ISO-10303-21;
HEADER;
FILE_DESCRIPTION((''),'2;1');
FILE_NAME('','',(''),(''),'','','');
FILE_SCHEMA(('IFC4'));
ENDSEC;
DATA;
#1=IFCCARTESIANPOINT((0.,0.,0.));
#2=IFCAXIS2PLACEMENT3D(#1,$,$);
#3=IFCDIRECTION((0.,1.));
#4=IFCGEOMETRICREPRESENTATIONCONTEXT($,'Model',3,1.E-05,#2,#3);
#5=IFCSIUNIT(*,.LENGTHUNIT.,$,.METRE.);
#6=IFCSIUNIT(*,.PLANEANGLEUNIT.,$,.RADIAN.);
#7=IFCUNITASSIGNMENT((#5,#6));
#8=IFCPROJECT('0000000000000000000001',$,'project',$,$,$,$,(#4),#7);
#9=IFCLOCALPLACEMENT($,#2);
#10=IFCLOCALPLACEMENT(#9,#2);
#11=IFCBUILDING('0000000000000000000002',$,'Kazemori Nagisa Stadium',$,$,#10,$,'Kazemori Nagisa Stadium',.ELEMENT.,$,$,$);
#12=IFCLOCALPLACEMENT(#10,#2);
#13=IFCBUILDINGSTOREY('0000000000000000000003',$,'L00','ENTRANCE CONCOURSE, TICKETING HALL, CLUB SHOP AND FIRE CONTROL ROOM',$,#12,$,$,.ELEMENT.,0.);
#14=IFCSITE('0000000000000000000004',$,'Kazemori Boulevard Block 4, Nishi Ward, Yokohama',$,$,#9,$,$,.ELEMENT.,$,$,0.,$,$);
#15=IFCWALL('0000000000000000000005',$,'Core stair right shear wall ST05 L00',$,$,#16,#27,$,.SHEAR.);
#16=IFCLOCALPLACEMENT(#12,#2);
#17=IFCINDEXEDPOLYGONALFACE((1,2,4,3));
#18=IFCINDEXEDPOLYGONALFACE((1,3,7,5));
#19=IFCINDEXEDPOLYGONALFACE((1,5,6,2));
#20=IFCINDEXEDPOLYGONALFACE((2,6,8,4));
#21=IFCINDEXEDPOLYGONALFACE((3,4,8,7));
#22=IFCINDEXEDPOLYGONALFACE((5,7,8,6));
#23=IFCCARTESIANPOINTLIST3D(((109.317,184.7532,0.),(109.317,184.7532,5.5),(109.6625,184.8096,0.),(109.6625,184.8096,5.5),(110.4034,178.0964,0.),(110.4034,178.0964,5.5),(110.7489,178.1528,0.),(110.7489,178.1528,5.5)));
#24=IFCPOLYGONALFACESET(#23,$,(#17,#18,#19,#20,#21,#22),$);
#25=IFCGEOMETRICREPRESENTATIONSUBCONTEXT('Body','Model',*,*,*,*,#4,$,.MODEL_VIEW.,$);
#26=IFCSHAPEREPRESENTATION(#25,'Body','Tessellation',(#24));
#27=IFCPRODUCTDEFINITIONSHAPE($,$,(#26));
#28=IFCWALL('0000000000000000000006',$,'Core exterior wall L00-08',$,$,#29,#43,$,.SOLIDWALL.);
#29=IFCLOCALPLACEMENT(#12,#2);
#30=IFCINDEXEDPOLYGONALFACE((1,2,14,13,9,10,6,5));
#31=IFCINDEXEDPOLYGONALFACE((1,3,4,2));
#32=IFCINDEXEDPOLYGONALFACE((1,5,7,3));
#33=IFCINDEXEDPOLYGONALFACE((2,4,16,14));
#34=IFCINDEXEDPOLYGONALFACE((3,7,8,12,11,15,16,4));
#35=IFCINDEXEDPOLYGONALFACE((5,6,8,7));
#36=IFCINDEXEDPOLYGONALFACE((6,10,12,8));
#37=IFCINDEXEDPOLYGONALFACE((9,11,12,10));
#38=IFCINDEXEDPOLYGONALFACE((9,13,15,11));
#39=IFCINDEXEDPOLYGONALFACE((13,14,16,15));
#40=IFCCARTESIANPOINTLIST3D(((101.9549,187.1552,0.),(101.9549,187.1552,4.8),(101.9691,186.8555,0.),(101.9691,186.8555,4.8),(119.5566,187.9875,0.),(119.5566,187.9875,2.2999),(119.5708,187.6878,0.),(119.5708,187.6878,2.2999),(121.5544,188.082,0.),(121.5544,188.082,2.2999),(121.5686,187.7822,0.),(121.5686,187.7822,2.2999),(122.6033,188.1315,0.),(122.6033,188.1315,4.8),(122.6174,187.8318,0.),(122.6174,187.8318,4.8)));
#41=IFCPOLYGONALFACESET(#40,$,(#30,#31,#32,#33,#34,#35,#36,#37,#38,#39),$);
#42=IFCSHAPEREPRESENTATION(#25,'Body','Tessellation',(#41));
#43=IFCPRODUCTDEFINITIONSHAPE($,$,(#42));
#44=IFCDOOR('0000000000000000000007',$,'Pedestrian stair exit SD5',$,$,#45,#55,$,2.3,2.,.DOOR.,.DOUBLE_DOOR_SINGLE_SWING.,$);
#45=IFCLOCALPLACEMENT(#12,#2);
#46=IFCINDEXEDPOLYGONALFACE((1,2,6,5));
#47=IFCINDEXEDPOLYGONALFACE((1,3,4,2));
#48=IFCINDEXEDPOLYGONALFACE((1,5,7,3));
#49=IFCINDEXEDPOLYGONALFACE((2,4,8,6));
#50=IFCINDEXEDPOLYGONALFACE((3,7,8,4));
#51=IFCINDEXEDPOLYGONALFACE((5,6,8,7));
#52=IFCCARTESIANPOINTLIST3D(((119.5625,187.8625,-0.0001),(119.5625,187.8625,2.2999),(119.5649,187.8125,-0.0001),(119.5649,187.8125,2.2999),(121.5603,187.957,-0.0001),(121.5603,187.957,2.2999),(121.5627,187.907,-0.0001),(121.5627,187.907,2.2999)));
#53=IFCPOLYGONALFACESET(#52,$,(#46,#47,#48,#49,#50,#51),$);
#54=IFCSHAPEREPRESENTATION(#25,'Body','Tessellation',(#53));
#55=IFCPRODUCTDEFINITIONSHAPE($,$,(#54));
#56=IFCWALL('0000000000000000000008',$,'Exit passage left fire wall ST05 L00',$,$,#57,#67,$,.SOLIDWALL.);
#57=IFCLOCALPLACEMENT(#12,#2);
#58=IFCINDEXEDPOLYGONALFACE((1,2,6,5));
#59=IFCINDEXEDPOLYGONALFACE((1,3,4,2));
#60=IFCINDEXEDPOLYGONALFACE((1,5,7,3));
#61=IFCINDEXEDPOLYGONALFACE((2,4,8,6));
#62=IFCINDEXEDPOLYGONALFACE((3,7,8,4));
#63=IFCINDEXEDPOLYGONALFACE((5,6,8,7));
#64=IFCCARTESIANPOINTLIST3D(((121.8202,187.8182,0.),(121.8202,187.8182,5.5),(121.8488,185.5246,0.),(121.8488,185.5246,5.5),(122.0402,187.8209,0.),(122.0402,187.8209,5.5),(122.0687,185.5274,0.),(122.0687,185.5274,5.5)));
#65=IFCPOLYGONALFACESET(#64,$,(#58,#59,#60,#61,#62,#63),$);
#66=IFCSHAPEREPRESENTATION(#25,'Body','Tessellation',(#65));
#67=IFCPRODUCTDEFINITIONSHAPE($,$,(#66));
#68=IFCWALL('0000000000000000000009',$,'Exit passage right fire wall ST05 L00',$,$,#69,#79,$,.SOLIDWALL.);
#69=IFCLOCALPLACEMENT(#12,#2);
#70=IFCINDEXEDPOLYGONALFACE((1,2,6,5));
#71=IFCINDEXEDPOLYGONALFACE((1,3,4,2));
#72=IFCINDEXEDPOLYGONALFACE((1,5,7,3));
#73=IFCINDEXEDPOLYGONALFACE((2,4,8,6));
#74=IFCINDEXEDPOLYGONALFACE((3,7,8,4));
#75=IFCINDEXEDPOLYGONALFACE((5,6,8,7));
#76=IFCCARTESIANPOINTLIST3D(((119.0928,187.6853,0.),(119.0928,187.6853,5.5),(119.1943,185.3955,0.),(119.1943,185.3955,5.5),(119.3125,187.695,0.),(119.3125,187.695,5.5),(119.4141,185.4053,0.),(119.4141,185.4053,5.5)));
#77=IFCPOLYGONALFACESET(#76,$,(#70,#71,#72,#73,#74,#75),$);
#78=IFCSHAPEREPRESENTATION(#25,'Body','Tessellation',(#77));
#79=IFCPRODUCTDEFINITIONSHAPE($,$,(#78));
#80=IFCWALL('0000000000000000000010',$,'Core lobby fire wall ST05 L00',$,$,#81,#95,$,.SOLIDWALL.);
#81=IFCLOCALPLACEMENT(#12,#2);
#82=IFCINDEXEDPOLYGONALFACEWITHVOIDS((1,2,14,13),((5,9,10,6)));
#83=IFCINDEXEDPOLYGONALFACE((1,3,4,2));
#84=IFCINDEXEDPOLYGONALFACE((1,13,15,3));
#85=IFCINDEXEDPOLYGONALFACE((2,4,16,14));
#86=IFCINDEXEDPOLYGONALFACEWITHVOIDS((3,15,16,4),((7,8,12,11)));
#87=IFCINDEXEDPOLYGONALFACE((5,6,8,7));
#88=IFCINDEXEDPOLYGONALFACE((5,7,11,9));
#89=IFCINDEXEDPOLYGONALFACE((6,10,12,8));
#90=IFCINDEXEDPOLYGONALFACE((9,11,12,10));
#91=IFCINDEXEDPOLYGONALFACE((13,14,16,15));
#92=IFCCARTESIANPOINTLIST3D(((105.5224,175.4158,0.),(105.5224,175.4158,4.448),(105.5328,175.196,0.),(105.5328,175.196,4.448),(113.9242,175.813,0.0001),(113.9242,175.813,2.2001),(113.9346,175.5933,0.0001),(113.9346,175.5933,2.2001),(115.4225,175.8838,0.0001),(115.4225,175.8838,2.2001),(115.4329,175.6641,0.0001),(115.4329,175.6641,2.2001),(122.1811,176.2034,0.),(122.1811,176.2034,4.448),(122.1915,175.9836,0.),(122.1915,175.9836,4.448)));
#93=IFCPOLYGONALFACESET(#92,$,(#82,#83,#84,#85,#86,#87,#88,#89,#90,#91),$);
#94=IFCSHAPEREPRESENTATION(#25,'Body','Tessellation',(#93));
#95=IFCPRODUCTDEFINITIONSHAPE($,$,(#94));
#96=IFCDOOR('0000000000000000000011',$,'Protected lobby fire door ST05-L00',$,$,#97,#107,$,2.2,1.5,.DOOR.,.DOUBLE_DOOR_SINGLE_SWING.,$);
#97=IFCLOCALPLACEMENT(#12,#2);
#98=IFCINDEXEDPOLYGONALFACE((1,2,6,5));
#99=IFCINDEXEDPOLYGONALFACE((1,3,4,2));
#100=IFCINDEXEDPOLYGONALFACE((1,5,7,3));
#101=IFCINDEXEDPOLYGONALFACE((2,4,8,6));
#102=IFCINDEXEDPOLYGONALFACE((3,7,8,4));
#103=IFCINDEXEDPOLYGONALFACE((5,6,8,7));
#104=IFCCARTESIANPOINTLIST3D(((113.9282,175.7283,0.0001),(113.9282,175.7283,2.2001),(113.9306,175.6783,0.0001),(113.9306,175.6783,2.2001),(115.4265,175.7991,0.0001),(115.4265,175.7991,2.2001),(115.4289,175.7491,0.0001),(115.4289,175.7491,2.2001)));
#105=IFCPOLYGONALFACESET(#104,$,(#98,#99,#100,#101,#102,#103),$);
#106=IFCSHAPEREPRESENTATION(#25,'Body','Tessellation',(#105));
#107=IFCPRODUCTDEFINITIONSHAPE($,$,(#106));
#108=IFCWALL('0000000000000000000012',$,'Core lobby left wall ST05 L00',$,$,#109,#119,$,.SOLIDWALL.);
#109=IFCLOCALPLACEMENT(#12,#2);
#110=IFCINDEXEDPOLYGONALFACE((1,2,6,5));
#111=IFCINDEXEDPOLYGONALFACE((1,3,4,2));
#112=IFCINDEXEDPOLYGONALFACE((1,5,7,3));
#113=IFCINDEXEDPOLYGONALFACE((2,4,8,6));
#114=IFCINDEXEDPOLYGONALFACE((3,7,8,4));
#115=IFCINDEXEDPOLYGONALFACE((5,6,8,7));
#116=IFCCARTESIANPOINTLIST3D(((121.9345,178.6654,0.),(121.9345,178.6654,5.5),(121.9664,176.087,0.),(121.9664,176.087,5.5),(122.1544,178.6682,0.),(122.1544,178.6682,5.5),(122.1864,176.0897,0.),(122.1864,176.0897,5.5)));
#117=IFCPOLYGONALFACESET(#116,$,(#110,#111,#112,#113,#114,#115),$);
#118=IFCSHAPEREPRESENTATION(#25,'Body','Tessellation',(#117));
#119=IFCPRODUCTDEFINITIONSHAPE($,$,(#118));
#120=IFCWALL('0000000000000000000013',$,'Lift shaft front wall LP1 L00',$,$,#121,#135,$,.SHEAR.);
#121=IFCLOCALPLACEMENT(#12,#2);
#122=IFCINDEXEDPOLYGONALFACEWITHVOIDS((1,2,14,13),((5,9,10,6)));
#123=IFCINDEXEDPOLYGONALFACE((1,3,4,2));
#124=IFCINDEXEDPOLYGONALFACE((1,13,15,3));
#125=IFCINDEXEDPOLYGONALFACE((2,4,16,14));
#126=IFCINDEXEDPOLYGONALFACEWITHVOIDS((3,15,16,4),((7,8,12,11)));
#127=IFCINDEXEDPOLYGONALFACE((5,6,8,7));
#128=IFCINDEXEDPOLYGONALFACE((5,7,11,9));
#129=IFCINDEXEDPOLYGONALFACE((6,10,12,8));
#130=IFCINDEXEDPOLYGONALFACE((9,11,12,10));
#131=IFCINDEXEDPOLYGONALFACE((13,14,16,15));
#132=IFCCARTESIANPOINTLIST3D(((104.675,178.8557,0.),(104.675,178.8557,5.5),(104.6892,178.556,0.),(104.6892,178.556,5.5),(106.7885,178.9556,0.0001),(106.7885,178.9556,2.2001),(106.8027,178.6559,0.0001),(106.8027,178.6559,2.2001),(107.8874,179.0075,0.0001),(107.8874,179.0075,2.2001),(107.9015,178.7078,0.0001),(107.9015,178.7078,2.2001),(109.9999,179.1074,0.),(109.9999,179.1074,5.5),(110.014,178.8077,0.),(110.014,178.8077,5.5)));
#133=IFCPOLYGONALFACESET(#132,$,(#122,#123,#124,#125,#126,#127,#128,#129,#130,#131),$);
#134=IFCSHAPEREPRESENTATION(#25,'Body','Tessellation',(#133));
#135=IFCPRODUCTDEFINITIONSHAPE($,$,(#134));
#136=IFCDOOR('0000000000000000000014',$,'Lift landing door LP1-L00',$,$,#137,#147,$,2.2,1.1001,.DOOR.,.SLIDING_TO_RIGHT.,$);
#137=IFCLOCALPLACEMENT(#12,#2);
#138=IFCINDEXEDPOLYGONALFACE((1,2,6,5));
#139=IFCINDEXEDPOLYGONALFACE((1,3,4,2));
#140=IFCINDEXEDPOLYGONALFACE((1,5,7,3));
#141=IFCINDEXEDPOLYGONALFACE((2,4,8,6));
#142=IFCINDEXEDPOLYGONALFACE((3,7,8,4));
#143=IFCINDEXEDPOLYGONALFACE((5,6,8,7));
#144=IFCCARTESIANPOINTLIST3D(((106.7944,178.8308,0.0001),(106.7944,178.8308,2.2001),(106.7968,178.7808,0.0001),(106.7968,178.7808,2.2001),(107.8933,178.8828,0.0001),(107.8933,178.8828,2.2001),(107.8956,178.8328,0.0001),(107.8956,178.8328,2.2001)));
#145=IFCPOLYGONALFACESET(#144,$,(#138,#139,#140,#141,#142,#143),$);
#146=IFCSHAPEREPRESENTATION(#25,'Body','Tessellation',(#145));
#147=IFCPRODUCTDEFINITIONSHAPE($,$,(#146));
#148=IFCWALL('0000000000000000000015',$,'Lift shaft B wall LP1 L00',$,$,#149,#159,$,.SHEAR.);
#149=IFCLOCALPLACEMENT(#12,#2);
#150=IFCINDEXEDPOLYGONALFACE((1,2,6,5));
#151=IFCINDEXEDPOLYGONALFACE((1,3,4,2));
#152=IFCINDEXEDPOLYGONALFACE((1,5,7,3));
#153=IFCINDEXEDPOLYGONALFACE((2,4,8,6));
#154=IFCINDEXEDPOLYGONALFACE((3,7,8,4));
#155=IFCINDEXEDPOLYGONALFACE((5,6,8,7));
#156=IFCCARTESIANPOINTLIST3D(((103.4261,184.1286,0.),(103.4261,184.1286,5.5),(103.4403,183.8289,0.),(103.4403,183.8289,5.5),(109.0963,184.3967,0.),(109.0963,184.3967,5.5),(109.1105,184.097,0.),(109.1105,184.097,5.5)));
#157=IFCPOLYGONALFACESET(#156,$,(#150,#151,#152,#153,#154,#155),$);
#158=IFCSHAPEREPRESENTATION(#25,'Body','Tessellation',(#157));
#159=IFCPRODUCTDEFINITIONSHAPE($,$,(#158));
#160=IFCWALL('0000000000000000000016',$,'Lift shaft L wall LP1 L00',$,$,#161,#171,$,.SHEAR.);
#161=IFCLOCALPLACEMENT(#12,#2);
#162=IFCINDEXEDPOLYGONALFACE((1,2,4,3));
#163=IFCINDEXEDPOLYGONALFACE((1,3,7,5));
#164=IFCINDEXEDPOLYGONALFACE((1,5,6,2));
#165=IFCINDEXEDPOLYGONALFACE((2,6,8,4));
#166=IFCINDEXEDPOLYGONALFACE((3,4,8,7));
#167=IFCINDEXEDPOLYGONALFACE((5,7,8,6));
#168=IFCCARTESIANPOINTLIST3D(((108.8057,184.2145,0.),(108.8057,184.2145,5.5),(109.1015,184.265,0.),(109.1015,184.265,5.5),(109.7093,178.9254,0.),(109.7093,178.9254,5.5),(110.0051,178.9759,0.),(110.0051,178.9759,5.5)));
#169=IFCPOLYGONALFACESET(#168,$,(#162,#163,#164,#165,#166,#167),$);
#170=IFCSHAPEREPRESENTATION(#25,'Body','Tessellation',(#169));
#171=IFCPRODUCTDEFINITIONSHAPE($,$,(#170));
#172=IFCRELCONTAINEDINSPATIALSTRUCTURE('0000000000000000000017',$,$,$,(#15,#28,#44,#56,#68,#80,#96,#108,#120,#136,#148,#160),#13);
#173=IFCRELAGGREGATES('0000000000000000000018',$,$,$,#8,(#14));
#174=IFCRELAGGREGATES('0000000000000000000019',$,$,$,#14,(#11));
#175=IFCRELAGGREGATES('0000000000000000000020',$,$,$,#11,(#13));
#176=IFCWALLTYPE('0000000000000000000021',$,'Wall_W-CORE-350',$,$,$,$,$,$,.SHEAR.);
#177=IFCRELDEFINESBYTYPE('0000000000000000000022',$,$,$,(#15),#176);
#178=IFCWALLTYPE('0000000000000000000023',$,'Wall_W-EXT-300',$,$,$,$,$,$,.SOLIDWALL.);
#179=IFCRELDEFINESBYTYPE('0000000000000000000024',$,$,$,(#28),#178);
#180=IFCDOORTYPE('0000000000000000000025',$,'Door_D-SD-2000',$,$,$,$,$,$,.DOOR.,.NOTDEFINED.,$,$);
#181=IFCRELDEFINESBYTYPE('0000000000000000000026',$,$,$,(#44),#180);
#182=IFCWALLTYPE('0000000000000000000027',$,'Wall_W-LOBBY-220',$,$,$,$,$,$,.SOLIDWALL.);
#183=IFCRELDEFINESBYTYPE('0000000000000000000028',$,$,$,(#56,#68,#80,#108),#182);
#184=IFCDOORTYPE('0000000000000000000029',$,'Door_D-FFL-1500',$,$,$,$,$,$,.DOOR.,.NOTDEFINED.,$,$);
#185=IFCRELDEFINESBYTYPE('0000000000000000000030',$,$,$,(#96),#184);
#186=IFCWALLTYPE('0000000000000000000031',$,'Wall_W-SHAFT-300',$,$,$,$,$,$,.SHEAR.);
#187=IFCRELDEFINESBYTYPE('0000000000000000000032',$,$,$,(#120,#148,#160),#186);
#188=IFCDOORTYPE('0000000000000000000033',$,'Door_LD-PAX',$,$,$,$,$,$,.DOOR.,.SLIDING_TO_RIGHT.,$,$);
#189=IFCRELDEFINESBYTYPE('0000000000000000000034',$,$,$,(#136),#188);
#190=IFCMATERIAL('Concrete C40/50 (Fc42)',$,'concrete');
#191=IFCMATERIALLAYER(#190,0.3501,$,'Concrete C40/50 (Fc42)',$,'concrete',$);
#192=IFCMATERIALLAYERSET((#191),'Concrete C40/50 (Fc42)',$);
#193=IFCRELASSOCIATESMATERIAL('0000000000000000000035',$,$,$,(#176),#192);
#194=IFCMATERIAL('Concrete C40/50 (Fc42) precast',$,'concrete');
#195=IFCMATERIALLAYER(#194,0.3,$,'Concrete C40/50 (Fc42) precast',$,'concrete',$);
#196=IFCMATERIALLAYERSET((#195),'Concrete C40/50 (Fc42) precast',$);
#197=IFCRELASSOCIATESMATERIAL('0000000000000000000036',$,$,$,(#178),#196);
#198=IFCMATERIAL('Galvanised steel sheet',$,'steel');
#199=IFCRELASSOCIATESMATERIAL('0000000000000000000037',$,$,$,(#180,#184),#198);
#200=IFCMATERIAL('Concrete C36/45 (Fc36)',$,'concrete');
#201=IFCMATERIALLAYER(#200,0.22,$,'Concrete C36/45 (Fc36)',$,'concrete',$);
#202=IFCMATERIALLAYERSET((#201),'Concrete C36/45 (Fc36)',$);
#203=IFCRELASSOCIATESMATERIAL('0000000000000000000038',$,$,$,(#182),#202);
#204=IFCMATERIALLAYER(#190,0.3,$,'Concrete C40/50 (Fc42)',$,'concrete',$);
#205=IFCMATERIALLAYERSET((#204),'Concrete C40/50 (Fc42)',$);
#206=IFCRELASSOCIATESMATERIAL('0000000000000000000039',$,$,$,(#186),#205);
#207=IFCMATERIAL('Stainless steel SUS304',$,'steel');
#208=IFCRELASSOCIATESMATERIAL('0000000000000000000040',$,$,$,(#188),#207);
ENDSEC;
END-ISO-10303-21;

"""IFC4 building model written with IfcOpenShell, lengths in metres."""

from ifc_helpers import new_model, si_unit, direction, frame, frame_2d, origin, place, context, subcontext, project, spatial, rectangle, extrude, material, layer, layer_set, type_object, element, fill, save


model = new_model("IFC4")

# Units and contexts
model_context = context("Model", 3, precision=1e-05, world=origin(), true_north=direction((0.0, 1.0)))
body_context = subcontext(model_context, "Body", "Model", "MODEL_VIEW")
ifc_project = project(units=[si_unit("LENGTHUNIT", "METRE"), si_unit("PLANEANGLEUNIT", "RADIAN")], contexts=[model_context])

# Site, building, storey
site_placement = place(None, origin())
site = spatial("IfcSite", under=ifc_project, at=site_placement, Name="Kazemori Boulevard Block 4, Nishi Ward, Yokohama", CompositionType="ELEMENT", RefElevation=0.0)
building_placement = place(site_placement, origin())
building = spatial("IfcBuilding", under=site, at=building_placement, Name="Kazemori Nagisa Stadium", LongName="Kazemori Nagisa Stadium", CompositionType="ELEMENT")
storey_placement = place(building_placement, origin())
storey = spatial("IfcBuildingStorey", under=building, at=storey_placement, Name="L00", Description="ENTRANCE CONCOURSE, TICKETING HALL, CLUB SHOP AND FIRE CONTROL ROOM", CompositionType="ELEMENT", Elevation=0.0)

# Shared definitions
ifc_material_1 = material(Name="Concrete C40/50 (Fc42)", Category="concrete")

# Shared definitions
ifc_layer_1 = layer(ifc_material_1, 0.3501, Name="Concrete C40/50 (Fc42)", Category="concrete")
ifc_layer_set_1 = layer_set([ifc_layer_1], Name="Concrete C40/50 (Fc42)")
wall_type_1 = type_object("IfcWallType", Name="Wall_W-CORE-350", PredefinedType="SHEAR", material=ifc_layer_set_1)
ifc_material_2 = material(Name="Galvanised steel sheet", Category="steel")

# Wall
wall_1_placement = place(storey_placement, frame((110.5762, 178.1245, 0.0), z_axis=(0.0, 0.0, 1.0), x_axis=(-0.161076, 0.986942, 0.0)))
element("IfcWall", 1, at=wall_1_placement, inside=storey, type_object=wall_type_1, Name="Core stair right shear wall ST05 L00", PredefinedType="SHEAR", context=body_context, shape_type="SweptSolid", body=[
    extrude(rectangle(XDim=6.7449, YDim=0.3501, at=frame_2d((3.3726, 0.0))), origin(), (0.0, 0.0, 1.0), 5.5),
])

# Wall, opening, door
ifc_material_3 = material(Name="Concrete C40/50 (Fc42) precast", Category="concrete")
ifc_layer_2 = layer(ifc_material_3, 0.3, Name="Concrete C40/50 (Fc42) precast", Category="concrete")
ifc_layer_set_2 = layer_set([ifc_layer_2], Name="Concrete C40/50 (Fc42) precast")
wall_type_2 = type_object("IfcWallType", Name="Wall_W-EXT-300", PredefinedType="SOLIDWALL", material=ifc_layer_set_2)
wall_2_placement = place(storey_placement, frame((122.6104, 187.9817, 0.0), z_axis=(0.0, 0.0, 1.0), x_axis=(-0.998884, -0.04723, 0.0)))
wall_2 = element("IfcWall", 2, at=wall_2_placement, inside=storey, type_object=wall_type_2, Name="Core exterior wall L00-08", PredefinedType="SOLIDWALL", context=body_context, shape_type="SweptSolid", body=[
    extrude(rectangle(XDim=20.6714, YDim=0.3, at=frame_2d((10.3357, 0.0))), origin(), (0.0, 0.0, 1.0), 4.8),
])
opening_1_placement = place(wall_2_placement, frame((1.05, 0.0, 0.0)))
opening_1 = element("IfcOpeningElement", 3, at=opening_1_placement, cuts=wall_2, PredefinedType="OPENING", context=body_context, shape_type="SweptSolid", body=[
    extrude(rectangle(XDim=2.0, YDim=2.3, at=frame_2d((1.0, 1.1499))), frame((0.0, 0.1599, 0.0), z_axis=(0.0, -1.0, 0.0), x_axis=(1.0, 0.0, 0.0)), (0.0, 0.0, 1.0), 0.3201),
])
door_type_1 = type_object("IfcDoorType", Name="Door_D-SD-2000", OperationType="NOTDEFINED", PredefinedType="DOOR", material=ifc_material_2)
door_1_placement = place(opening_1_placement, frame((2.0, 0.0, 0.0), z_axis=(0.0, 0.0, 1.0), x_axis=(-1.0, 0.0, 0.0)))
door_1 = element("IfcDoor", 4, at=door_1_placement, inside=storey, type_object=door_type_1, Name="Pedestrian stair exit SD5", OperationType="DOUBLE_DOOR_SINGLE_SWING", OverallHeight=2.3, OverallWidth=2.0, PredefinedType="DOOR", context=body_context, shape_type="SweptSolid", body=[
    extrude(rectangle(XDim=2.0, YDim=2.3, at=frame_2d((1.0, 1.1499))), frame((0.0, 0.0249, 0.0), z_axis=(0.0, -1.0, 0.0), x_axis=(1.0, 0.0, 0.0)), (0.0, 0.0, 1.0), 0.05),
])
fill(opening_1, door_1)

# Walls
ifc_material_4 = material(Name="Concrete C36/45 (Fc36)", Category="concrete")
ifc_layer_3 = layer(ifc_material_4, 0.22, Name="Concrete C36/45 (Fc36)", Category="concrete")
ifc_layer_set_3 = layer_set([ifc_layer_3], Name="Concrete C36/45 (Fc36)")
wall_type_3 = type_object("IfcWallType", Name="Wall_W-LOBBY-220", PredefinedType="SOLIDWALL", material=ifc_layer_set_3)
wall_3_placement = place(storey_placement, frame((121.9587, 185.5259, 0.0), z_axis=(0.0, 0.0, 1.0), x_axis=(-0.012454, 0.999922, 0.0)))
element("IfcWall", 5, at=wall_3_placement, inside=storey, type_object=wall_type_3, Name="Exit passage left fire wall ST05 L00", PredefinedType="SOLIDWALL", context=body_context, shape_type="SweptSolid", body=[
    extrude(rectangle(XDim=2.2937, YDim=0.22, at=frame_2d((1.147, 0.0))), origin(), (0.0, 0.0, 1.0), 5.5),
])
wall_4_placement = place(storey_placement, frame((119.3042, 185.4004, 0.0), z_axis=(0.0, 0.0, 1.0), x_axis=(-0.044311, 0.999018, 0.0)))
element("IfcWall", 6, at=wall_4_placement, inside=storey, type_object=wall_type_3, Name="Exit passage right fire wall ST05 L00", PredefinedType="SOLIDWALL", context=body_context, shape_type="SweptSolid", body=[
    extrude(rectangle(XDim=2.292, YDim=0.22, at=frame_2d((1.146, 0.0))), origin(), (0.0, 0.0, 1.0), 5.5),
])

# Wall, opening, door
wall_5_placement = place(storey_placement, frame((122.1863, 176.0935, 0.0), z_axis=(0.0, 0.0, 1.0), x_axis=(-0.998884, -0.047226, 0.0)))
wall_5 = element("IfcWall", 7, at=wall_5_placement, inside=storey, type_object=wall_type_3, Name="Core lobby fire wall ST05 L00", PredefinedType="SOLIDWALL", context=body_context, shape_type="SweptSolid", body=[
    extrude(rectangle(XDim=16.6772, YDim=0.22, at=frame_2d((8.3386, 0.0))), origin(), (0.0, 0.0, 1.0), 4.448),
])
opening_2_placement = place(wall_5_placement, frame((6.7661, 0.0, 0.0)))
opening_2 = element("IfcOpeningElement", 8, at=opening_2_placement, cuts=wall_5, PredefinedType="OPENING", context=body_context, shape_type="SweptSolid", body=[
    extrude(rectangle(XDim=1.5, YDim=2.2, at=frame_2d((0.75, 1.1001))), frame((0.0, 0.1199, 0.0), z_axis=(0.0, -1.0, 0.0), x_axis=(1.0, 0.0, 0.0)), (0.0, 0.0, 1.0), 0.24),
])
door_type_2 = type_object("IfcDoorType", Name="Door_D-FFL-1500", OperationType="NOTDEFINED", PredefinedType="DOOR", material=ifc_material_2)
door_2_placement = place(opening_2_placement, origin())
door_2 = element("IfcDoor", 9, at=door_2_placement, inside=storey, type_object=door_type_2, Name="Protected lobby fire door ST05-L00", OperationType="DOUBLE_DOOR_SINGLE_SWING", OverallHeight=2.2, OverallWidth=1.5, PredefinedType="DOOR", context=body_context, shape_type="SweptSolid", body=[
    extrude(rectangle(XDim=1.5, YDim=2.2, at=frame_2d((0.75, 1.1001))), frame((0.0, 0.0249, 0.0), z_axis=(0.0, -1.0, 0.0), x_axis=(1.0, 0.0, 0.0)), (0.0, 0.0, 1.0), 0.05),
])
fill(opening_2, door_2)

# Wall
wall_6_placement = place(storey_placement, frame((122.0764, 176.0884, 0.0), z_axis=(0.0, 0.0, 1.0), x_axis=(-0.012403, 0.999923, 0.0)))
element("IfcWall", 10, at=wall_6_placement, inside=storey, type_object=wall_type_3, Name="Core lobby left wall ST05 L00", PredefinedType="SOLIDWALL", context=body_context, shape_type="SweptSolid", body=[
    extrude(rectangle(XDim=2.5786, YDim=0.22, at=frame_2d((1.2893, 0.0))), origin(), (0.0, 0.0, 1.0), 5.5),
])

# Wall, opening, door
ifc_layer_4 = layer(ifc_material_1, 0.3, Name="Concrete C40/50 (Fc42)", Category="concrete")
ifc_layer_set_4 = layer_set([ifc_layer_4], Name="Concrete C40/50 (Fc42)")
wall_type_4 = type_object("IfcWallType", Name="Wall_W-SHAFT-300", PredefinedType="SHEAR", material=ifc_layer_set_4)
wall_7_placement = place(storey_placement, frame((110.0071, 178.9575, 0.0), z_axis=(0.0, 0.0, 1.0), x_axis=(-0.998885, -0.047217, 0.0)))
wall_7 = element("IfcWall", 11, at=wall_7_placement, inside=storey, type_object=wall_type_4, Name="Lift shaft front wall LP1 L00", PredefinedType="SHEAR", context=body_context, shape_type="SweptSolid", body=[
    extrude(rectangle(XDim=5.3308, YDim=0.3, at=frame_2d((2.6655, 0.0))), origin(), (0.0, 0.0, 1.0), 5.5),
])
opening_3_placement = place(wall_7_placement, frame((2.115, 0.0, 0.0)))
opening_3 = element("IfcOpeningElement", 12, at=opening_3_placement, cuts=wall_7, PredefinedType="OPENING", context=body_context, shape_type="SweptSolid", body=[
    extrude(rectangle(XDim=1.1001, YDim=2.2, at=frame_2d((0.55, 1.1001))), frame((0.0, 0.1599, 0.0), z_axis=(0.0, -1.0, 0.0), x_axis=(1.0, 0.0, 0.0)), (0.0, 0.0, 1.0), 0.3201),
])
ifc_material_5 = material(Name="Stainless steel SUS304", Category="steel")
door_type_3 = type_object("IfcDoorType", Name="Door_LD-PAX", OperationType="SLIDING_TO_RIGHT", PredefinedType="DOOR", material=ifc_material_5)
door_3_placement = place(opening_3_placement, origin())
door_3 = element("IfcDoor", 13, at=door_3_placement, inside=storey, type_object=door_type_3, Name="Lift landing door LP1-L00", OperationType="SLIDING_TO_RIGHT", OverallHeight=2.2, OverallWidth=1.1001, PredefinedType="DOOR", context=body_context, shape_type="SweptSolid", body=[
    extrude(rectangle(XDim=1.1001, YDim=2.2, at=frame_2d((0.55, 1.1001))), frame((0.0, 0.0249, 0.0), z_axis=(0.0, -1.0, 0.0), x_axis=(1.0, 0.0, 0.0)), (0.0, 0.0, 1.0), 0.05),
])
fill(opening_3, door_3)

# Walls
wall_8_placement = place(storey_placement, frame((109.1035, 184.2468, 0.0), z_axis=(0.0, 0.0, 1.0), x_axis=(-0.998884, -0.047224, 0.0)))
element("IfcWall", 14, at=wall_8_placement, inside=storey, type_object=wall_type_4, Name="Lift shaft B wall LP1 L00", PredefinedType="SHEAR", context=body_context, shape_type="SweptSolid", body=[
    extrude(rectangle(XDim=5.6765, YDim=0.3, at=frame_2d((2.8384, 0.0))), origin(), (0.0, 0.0, 1.0), 5.5),
])
wall_9_placement = place(storey_placement, frame((109.8572, 178.9507, 0.0), z_axis=(0.0, 0.0, 1.0), x_axis=(-0.168397, 0.985719, 0.0)))
element("IfcWall", 15, at=wall_9_placement, inside=storey, type_object=wall_type_4, Name="Lift shaft L wall LP1 L00", PredefinedType="SHEAR", context=body_context, shape_type="SweptSolid", body=[
    extrude(rectangle(XDim=5.3657, YDim=0.3, at=frame_2d((2.6829, 0.0))), origin(), (0.0, 0.0, 1.0), 5.5),
])

save(model, "model.ifc")
